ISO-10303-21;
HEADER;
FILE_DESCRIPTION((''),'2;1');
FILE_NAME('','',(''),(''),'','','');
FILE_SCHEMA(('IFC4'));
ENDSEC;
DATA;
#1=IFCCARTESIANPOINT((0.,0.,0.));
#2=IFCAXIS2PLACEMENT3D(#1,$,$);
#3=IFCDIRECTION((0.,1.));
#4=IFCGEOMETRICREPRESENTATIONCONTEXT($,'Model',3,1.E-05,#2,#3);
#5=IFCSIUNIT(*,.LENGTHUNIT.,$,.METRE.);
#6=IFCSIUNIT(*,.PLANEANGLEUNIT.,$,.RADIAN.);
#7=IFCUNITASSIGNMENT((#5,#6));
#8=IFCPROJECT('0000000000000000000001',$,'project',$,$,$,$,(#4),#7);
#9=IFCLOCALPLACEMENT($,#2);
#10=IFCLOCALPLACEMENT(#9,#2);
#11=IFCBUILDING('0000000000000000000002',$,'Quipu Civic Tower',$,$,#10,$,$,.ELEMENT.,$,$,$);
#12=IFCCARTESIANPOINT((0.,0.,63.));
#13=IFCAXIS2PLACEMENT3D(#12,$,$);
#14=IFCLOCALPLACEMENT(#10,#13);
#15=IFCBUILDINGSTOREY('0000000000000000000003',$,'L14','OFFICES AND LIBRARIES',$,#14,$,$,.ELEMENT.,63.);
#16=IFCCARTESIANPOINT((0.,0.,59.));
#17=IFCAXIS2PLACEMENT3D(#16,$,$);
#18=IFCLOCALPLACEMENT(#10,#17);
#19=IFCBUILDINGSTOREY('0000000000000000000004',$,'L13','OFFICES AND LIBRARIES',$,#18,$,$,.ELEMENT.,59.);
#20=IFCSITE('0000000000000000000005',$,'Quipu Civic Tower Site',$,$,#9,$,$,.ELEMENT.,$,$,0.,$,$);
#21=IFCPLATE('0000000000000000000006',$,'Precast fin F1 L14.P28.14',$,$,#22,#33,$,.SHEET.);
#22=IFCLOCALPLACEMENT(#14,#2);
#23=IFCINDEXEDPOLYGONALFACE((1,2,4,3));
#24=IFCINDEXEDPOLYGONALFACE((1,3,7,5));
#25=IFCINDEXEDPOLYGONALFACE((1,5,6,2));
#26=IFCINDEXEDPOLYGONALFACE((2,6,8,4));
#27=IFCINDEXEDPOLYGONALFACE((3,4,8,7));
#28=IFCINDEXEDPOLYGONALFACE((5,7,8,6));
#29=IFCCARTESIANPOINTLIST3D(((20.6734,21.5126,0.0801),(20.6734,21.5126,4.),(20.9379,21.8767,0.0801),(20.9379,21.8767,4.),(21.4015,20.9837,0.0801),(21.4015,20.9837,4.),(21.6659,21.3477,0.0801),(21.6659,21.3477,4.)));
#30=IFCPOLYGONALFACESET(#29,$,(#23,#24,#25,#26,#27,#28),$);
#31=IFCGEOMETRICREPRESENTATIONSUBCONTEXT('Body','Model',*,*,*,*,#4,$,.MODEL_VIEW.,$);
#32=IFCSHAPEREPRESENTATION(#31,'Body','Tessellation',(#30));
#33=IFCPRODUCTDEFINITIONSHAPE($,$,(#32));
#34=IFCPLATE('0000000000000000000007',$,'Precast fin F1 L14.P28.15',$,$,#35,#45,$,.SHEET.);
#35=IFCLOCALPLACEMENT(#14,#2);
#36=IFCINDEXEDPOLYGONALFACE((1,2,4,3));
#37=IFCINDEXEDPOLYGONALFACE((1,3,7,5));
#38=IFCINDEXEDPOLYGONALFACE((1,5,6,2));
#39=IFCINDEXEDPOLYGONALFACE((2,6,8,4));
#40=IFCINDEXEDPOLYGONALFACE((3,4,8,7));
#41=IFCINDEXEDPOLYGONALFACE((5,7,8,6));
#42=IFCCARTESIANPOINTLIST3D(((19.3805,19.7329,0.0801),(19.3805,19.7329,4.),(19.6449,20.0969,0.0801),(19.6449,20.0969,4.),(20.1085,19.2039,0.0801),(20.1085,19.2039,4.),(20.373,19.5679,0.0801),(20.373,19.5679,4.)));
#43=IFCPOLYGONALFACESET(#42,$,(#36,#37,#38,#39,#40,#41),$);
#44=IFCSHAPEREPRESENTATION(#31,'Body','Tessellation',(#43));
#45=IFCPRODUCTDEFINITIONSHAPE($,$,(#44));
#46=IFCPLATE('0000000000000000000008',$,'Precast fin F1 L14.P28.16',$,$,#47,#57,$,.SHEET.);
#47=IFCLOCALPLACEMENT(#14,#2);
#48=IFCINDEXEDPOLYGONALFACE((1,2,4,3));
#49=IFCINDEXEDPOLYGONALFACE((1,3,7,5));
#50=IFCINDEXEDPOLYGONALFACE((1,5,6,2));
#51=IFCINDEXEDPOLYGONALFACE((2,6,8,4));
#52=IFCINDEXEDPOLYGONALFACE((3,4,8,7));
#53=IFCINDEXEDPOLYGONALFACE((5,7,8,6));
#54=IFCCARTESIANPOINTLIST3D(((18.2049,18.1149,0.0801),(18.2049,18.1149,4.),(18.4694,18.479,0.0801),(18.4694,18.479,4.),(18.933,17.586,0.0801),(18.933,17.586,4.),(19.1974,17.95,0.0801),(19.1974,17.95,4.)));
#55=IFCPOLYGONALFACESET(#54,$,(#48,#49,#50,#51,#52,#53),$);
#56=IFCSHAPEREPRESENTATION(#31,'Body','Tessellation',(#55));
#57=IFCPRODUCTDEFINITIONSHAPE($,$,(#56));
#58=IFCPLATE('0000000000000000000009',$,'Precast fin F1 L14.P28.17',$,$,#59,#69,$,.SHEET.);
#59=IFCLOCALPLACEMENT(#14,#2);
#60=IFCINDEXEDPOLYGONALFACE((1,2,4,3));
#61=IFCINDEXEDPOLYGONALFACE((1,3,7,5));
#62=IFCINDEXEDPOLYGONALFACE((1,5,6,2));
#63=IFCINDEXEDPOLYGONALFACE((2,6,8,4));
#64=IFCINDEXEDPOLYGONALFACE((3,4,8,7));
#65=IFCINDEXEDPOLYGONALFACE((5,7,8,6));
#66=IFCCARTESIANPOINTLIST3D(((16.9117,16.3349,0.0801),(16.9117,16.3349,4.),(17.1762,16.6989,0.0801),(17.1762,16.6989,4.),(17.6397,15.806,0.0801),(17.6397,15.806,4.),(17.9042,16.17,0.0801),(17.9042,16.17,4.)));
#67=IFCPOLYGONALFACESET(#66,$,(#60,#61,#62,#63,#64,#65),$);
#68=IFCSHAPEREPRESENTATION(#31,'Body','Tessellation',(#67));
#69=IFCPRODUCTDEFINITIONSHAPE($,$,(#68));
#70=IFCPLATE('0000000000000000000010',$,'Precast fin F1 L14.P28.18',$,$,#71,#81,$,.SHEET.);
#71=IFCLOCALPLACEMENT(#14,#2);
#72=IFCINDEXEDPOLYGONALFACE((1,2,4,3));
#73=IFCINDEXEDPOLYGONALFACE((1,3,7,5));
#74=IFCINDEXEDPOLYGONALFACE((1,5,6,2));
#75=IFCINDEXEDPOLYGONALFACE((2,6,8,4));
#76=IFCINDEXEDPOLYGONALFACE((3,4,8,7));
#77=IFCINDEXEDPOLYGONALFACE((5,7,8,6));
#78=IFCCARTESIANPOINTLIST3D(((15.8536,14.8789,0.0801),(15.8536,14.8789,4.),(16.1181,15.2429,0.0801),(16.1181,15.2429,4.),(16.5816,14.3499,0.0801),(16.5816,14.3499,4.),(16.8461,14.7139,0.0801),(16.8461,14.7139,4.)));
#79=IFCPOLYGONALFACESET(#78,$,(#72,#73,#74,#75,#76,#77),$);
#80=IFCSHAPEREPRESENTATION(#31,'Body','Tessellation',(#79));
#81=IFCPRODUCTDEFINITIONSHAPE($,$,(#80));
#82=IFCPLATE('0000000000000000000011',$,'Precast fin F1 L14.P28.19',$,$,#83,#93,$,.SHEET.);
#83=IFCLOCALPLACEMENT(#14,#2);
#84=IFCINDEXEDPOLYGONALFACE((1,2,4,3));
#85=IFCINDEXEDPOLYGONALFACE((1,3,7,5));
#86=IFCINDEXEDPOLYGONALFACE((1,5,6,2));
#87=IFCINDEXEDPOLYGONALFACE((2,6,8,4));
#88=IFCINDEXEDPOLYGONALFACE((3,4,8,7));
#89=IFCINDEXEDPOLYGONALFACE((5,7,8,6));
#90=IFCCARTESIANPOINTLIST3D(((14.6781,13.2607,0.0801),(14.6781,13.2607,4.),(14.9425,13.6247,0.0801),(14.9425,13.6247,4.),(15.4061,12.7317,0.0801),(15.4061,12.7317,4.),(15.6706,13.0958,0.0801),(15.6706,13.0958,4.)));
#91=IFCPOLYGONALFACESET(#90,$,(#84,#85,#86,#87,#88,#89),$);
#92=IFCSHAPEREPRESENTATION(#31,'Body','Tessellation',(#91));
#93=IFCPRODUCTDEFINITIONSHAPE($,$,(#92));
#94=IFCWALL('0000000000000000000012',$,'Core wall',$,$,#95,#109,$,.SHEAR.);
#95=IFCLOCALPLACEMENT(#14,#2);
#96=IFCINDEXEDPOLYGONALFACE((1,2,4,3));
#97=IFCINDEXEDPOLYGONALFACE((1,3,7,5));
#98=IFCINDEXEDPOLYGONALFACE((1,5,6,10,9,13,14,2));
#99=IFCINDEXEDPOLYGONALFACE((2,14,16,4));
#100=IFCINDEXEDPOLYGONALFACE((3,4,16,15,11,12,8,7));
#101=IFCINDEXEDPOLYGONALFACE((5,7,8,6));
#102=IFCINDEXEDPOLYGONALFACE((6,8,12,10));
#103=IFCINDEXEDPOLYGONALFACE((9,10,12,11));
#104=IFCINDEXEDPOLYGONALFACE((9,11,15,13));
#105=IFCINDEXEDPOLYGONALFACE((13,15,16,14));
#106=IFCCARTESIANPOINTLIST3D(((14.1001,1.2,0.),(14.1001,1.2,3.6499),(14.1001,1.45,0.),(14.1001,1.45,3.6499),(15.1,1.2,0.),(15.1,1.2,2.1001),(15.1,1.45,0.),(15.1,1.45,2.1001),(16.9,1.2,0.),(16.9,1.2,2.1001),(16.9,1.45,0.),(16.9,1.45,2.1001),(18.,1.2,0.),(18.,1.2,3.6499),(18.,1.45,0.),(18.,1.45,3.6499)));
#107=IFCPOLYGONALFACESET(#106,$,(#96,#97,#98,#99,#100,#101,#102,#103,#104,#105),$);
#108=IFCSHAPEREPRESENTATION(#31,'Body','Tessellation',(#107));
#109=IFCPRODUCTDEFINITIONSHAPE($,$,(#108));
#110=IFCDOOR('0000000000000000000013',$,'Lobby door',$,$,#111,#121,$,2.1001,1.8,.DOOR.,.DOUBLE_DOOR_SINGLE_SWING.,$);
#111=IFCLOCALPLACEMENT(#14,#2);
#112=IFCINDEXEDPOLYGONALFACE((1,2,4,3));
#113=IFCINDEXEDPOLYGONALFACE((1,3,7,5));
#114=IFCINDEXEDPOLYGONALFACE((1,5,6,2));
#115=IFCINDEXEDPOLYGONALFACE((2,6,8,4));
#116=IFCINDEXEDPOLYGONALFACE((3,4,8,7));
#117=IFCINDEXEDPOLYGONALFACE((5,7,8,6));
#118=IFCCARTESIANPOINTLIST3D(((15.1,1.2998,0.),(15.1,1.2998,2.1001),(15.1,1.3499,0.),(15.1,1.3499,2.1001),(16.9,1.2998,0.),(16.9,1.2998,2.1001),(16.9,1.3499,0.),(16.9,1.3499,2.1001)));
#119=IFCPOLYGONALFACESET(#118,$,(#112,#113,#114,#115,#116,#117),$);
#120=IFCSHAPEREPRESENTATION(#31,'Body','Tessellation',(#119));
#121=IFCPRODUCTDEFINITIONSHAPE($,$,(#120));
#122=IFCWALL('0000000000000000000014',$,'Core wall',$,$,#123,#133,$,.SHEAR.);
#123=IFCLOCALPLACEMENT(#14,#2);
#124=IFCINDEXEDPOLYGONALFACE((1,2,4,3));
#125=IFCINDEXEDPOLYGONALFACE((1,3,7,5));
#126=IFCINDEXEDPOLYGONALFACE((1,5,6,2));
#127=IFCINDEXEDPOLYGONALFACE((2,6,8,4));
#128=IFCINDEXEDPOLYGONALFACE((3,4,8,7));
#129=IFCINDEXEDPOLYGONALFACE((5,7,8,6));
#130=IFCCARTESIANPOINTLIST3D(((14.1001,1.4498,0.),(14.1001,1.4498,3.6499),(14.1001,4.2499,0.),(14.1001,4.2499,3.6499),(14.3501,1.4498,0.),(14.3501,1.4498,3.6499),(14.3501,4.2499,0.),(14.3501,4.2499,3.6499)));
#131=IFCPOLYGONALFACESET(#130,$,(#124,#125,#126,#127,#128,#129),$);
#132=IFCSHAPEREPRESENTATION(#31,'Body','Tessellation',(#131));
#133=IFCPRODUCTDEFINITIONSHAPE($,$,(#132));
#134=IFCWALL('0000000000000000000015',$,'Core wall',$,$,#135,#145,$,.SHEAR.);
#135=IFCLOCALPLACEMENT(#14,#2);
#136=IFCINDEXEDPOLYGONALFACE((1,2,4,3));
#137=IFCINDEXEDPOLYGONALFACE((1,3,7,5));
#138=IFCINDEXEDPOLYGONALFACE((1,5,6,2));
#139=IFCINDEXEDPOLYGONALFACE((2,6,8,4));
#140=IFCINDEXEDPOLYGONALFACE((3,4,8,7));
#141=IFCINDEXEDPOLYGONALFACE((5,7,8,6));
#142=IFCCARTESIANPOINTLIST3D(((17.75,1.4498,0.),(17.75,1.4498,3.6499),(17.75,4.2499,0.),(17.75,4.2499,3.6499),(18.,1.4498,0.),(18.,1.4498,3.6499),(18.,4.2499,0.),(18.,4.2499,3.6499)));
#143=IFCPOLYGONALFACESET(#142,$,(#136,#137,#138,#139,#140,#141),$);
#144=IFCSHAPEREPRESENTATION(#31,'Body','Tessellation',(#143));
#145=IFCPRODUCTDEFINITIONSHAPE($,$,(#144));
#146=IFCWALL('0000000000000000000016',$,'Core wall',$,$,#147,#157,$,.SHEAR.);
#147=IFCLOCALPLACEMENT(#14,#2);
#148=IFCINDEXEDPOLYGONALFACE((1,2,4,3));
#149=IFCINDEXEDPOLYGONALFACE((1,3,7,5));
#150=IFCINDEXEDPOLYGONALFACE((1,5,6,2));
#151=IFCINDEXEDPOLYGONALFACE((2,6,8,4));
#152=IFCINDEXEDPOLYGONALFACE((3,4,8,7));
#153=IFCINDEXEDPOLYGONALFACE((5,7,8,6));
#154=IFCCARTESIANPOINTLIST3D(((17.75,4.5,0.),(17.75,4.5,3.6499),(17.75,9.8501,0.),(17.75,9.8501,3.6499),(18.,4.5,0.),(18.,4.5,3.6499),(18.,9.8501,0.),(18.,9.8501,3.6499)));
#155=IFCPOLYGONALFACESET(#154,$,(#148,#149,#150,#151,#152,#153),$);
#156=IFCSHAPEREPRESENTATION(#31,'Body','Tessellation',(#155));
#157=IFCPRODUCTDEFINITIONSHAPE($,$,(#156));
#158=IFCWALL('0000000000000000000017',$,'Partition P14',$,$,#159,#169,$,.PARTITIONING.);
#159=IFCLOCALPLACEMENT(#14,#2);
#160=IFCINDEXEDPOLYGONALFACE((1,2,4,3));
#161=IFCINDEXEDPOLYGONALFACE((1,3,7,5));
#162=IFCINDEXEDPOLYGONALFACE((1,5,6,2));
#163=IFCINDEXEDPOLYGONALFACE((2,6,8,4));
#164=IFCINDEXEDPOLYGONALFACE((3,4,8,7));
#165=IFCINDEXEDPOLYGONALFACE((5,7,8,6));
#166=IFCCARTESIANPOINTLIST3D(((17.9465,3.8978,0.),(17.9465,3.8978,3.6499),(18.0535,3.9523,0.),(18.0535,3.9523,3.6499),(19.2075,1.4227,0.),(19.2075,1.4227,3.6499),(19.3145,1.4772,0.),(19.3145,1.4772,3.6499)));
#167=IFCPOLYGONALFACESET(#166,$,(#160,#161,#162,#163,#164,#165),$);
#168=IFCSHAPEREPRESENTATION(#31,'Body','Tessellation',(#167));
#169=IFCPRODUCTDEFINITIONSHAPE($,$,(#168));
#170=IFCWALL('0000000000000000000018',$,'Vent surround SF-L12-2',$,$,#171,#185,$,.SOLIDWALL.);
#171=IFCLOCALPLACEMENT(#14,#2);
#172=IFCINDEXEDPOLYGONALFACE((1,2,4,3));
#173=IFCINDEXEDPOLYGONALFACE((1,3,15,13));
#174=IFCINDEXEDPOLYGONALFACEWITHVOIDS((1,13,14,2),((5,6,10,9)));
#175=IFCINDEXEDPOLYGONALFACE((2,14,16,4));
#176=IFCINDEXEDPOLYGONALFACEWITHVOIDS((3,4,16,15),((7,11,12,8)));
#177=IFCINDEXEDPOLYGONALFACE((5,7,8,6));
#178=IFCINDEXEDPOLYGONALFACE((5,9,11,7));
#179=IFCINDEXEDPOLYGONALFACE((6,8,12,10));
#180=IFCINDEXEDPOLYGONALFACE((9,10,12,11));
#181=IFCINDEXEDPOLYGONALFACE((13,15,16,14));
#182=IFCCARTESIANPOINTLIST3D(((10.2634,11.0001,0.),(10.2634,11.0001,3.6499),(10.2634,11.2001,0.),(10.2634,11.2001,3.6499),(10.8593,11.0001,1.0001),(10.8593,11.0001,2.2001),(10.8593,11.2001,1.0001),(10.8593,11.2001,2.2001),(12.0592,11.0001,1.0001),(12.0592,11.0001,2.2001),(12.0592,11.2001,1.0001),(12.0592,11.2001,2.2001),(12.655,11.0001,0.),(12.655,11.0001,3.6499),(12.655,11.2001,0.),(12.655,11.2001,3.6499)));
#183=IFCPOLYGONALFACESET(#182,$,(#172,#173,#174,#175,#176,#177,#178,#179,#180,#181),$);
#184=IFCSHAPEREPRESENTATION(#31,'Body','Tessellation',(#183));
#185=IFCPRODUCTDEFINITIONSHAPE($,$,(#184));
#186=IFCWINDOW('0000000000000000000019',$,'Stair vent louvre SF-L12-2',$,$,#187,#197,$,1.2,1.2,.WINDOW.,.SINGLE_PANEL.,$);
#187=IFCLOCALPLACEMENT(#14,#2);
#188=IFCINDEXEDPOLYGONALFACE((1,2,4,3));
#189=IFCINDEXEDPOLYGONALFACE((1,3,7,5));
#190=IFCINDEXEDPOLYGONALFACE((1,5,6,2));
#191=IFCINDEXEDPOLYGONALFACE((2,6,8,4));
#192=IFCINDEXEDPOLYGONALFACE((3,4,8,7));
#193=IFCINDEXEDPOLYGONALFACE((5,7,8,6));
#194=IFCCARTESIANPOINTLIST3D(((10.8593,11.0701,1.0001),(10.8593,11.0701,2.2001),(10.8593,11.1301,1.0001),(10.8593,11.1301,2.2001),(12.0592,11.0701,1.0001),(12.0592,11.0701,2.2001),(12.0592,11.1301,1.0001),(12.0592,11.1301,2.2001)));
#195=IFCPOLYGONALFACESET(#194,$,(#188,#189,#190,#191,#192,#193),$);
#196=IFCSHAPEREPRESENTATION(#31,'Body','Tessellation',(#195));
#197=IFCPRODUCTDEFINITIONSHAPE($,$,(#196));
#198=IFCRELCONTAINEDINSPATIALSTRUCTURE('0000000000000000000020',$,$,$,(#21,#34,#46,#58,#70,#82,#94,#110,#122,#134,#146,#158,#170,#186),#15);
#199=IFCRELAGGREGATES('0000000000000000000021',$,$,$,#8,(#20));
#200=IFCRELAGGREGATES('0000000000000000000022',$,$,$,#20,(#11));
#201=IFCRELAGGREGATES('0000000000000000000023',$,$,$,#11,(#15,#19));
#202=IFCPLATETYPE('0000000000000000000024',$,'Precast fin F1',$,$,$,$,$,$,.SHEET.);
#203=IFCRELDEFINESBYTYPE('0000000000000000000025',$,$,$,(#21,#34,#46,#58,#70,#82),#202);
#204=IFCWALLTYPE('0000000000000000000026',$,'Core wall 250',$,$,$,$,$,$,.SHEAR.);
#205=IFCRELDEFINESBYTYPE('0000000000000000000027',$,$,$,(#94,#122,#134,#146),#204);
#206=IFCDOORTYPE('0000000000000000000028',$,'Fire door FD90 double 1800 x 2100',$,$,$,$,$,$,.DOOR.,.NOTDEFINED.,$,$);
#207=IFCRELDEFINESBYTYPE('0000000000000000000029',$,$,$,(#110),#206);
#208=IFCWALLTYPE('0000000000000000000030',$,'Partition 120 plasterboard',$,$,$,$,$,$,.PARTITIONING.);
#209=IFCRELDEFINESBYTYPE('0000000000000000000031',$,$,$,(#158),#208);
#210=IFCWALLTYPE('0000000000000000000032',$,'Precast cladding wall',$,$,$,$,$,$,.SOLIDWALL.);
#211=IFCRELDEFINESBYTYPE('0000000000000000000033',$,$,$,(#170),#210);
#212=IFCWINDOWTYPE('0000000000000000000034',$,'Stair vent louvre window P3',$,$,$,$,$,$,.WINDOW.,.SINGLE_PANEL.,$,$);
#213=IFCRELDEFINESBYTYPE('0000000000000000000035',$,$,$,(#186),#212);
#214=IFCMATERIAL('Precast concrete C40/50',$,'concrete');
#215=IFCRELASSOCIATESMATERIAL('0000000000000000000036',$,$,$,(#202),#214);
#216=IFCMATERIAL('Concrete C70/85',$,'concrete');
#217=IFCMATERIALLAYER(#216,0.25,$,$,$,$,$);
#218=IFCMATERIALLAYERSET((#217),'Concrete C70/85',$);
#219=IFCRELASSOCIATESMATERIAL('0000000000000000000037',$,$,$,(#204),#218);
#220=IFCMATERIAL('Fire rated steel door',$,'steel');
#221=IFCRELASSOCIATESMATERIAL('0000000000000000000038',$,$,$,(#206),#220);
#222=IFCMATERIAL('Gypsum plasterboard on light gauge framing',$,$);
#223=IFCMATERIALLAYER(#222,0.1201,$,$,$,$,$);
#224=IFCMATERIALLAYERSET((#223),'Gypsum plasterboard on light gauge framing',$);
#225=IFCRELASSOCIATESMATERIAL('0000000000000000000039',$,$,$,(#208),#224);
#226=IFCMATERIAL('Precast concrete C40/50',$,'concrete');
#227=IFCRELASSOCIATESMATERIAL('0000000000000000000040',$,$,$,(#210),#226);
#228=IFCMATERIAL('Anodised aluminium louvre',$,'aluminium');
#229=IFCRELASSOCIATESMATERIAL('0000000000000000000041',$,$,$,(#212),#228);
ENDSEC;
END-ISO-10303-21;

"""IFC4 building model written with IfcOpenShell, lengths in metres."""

from ifc_helpers import new_model, si_unit, direction, frame, frame_2d, origin, origin_2d, place, context, subcontext, project, spatial, rectangle, extrude, material, layer, layer_set, type_object, element, fill, save


model = new_model("IFC4")

# Units and contexts
model_context = context("Model", 3, precision=1e-05, world=origin(), true_north=direction((0.0, 1.0)))
body_context = subcontext(model_context, "Body", "Model", "MODEL_VIEW")
ifc_project = project(units=[si_unit("LENGTHUNIT", "METRE"), si_unit("PLANEANGLEUNIT", "RADIAN")], contexts=[model_context])

# Site, building, storey
site_placement = place(None, origin())
site = spatial("IfcSite", under=ifc_project, at=site_placement, Name="Quipu Civic Tower Site", CompositionType="ELEMENT", RefElevation=0.0)
building_placement = place(site_placement, origin())
building = spatial("IfcBuilding", under=site, at=building_placement, Name="Quipu Civic Tower", CompositionType="ELEMENT")
storey_1_placement = place(building_placement, frame((0.0, 0.0, 63.0)))
storey_1 = spatial("IfcBuildingStorey", under=building, at=storey_1_placement, Name="L14", Description="OFFICES AND LIBRARIES", CompositionType="ELEMENT", Elevation=63.0)

# Shared definitions
storey_2_placement = place(building_placement, frame((0.0, 0.0, 59.0)))
storey_2 = spatial("IfcBuildingStorey", under=building, at=storey_2_placement, Name="L13", Description="OFFICES AND LIBRARIES", CompositionType="ELEMENT", Elevation=59.0)

# Plates
ifc_material_1 = material(Name="Precast concrete C40/50", Category="concrete")
plate_type_1 = type_object("IfcPlateType", Name="Precast fin F1", PredefinedType="SHEET", material=ifc_material_1)
for number, where, z_axis, x_axis, name in (
    (1, (21.1697, 21.4302, 0.0801), (0.0, 0.0, 1.0), (-0.587785, -0.809017, 0.0), "Precast fin F1 L14.P28.14"),
    (2, (19.8767, 19.6504, 0.0801), (0.0, 0.0, 1.0), (-0.587785, -0.809017, 0.0), "Precast fin F1 L14.P28.15"),
    (3, (18.7012, 18.0325, 0.0801), (0.0, 0.0, 1.0), (-0.587785, -0.809017, 0.0), "Precast fin F1 L14.P28.16"),
    (4, (17.408, 16.2524, 0.0801), (0.0, 0.0, 1.0), (-0.587785, -0.809017, 0.0), "Precast fin F1 L14.P28.17"),
    (5, (16.3499, 14.7964, 0.0801), (0.0, 0.0, 1.0), (-0.587785, -0.809017, 0.0), "Precast fin F1 L14.P28.18"),
    (6, (15.1743, 13.1782, 0.0801), (0.0, 0.0, 1.0), (-0.587785, -0.809017, 0.0), "Precast fin F1 L14.P28.19"),
):
    element("IfcPlate", number, at=place(storey_1_placement, frame(where, z_axis=z_axis, x_axis=x_axis)), inside=storey_1, type_object=plate_type_1, Name=name, PredefinedType="SHEET", context=body_context, shape_type="SweptSolid", body=[
        extrude(rectangle(XDim=0.45, YDim=0.8999, at=origin_2d()), origin(), (0.0, 0.0, 1.0), 3.9199),
    ])

# Wall, opening, door
ifc_material_2 = material(Name="Concrete C70/85", Category="concrete")
ifc_layer_1 = layer(ifc_material_2, 0.25)
ifc_layer_set_1 = layer_set([ifc_layer_1], Name="Concrete C70/85")
wall_type_1 = type_object("IfcWallType", Name="Core wall 250", PredefinedType="SHEAR", material=ifc_layer_set_1)
wall_1_placement = place(storey_1_placement, frame((14.1001, 1.325, 0.0), z_axis=(0.0, 0.0, 1.0), x_axis=(1.0, 0.0, 0.0)))
wall_1 = element("IfcWall", 7, at=wall_1_placement, inside=storey_1, type_object=wall_type_1, Name="Core wall", PredefinedType="SHEAR", context=body_context, shape_type="SweptSolid", body=[
    extrude(rectangle(XDim=3.8999, YDim=0.25, at=frame_2d((1.95, 0.0))), origin(), (0.0, 0.0, 1.0), 3.6499),
])
opening_1_placement = place(wall_1_placement, frame((1.0, 0.0, 0.0)))
opening_1 = element("IfcOpeningElement", 8, at=opening_1_placement, cuts=wall_1, PredefinedType="OPENING", context=body_context, shape_type="SweptSolid", body=[
    extrude(rectangle(XDim=1.8, YDim=2.1001, at=frame_2d((0.8999, 1.05))), frame((0.0, 0.135, 0.0), z_axis=(0.0, -1.0, 0.0), x_axis=(1.0, 0.0, 0.0)), (0.0, 0.0, 1.0), 0.27),
])
ifc_material_3 = material(Name="Fire rated steel door", Category="steel")
door_type = type_object("IfcDoorType", Name="Fire door FD90 double 1800 x 2100", OperationType="NOTDEFINED", PredefinedType="DOOR", material=ifc_material_3)
door_placement = place(opening_1_placement, origin())
door = element("IfcDoor", 9, at=door_placement, inside=storey_1, type_object=door_type, Name="Lobby door", OperationType="DOUBLE_DOOR_SINGLE_SWING", OverallHeight=2.1001, OverallWidth=1.8, PredefinedType="DOOR", context=body_context, shape_type="SweptSolid", body=[
    extrude(rectangle(XDim=1.8, YDim=2.1001, at=frame_2d((0.8999, 1.05))), frame((0.0, 0.0249, 0.0), z_axis=(0.0, -1.0, 0.0), x_axis=(1.0, 0.0, 0.0)), (0.0, 0.0, 1.0), 0.05),
])
fill(opening_1, door)

# Walls
for number, where, z_axis, x_axis, name in (
    (10, (14.2251, 1.45, 0.0), (0.0, 0.0, 1.0), (0.0, 1.0, 0.0), "Core wall"),
    (11, (17.875, 1.45, 0.0), (0.0, 0.0, 1.0), (0.0, 1.0, 0.0), "Core wall"),
):
    element("IfcWall", number, at=place(storey_1_placement, frame(where, z_axis=z_axis, x_axis=x_axis)), inside=storey_1, type_object=wall_type_1, Name=name, PredefinedType="SHEAR", context=body_context, shape_type="SweptSolid", body=[
        extrude(rectangle(XDim=2.8, YDim=0.25, at=frame_2d((1.3999, 0.0))), origin(), (0.0, 0.0, 1.0), 3.6499),
    ])
wall_2_placement = place(storey_1_placement, frame((17.875, 4.5, 0.0), z_axis=(0.0, 0.0, 1.0), x_axis=(0.0, 1.0, 0.0)))
element("IfcWall", 12, at=wall_2_placement, inside=storey_1, type_object=wall_type_1, Name="Core wall", PredefinedType="SHEAR", context=body_context, shape_type="SweptSolid", body=[
    extrude(rectangle(XDim=5.3501, YDim=0.25, at=frame_2d((2.675, 0.0))), origin(), (0.0, 0.0, 1.0), 3.6499),
])
ifc_material_4 = material(Name="Gypsum plasterboard on light gauge framing")
ifc_layer_2 = layer(ifc_material_4, 0.1201)
ifc_layer_set_2 = layer_set([ifc_layer_2], Name="Gypsum plasterboard on light gauge framing")
wall_type_2 = type_object("IfcWallType", Name="Partition 120 plasterboard", PredefinedType="PARTITIONING", material=ifc_layer_set_2)
wall_3_placement = place(storey_1_placement, frame((18.0, 3.925, 0.0), z_axis=(0.0, 0.0, 1.0), x_axis=(0.453951, -0.891027, 0.0)))
element("IfcWall", 13, at=wall_3_placement, inside=storey_1, type_object=wall_type_2, Name="Partition P14", PredefinedType="PARTITIONING", context=body_context, shape_type="SweptSolid", body=[
    extrude(rectangle(XDim=2.7778, YDim=0.1201, at=frame_2d((1.3889, 0.0))), origin(), (0.0, 0.0, 1.0), 3.6499),
])

# Wall, opening, window
ifc_material_5 = material(Name="Precast concrete C40/50", Category="concrete")
wall_type_3 = type_object("IfcWallType", Name="Precast cladding wall", PredefinedType="SOLIDWALL", material=ifc_material_5)
wall_4_placement = place(storey_1_placement, frame((12.655, 11.1001, 0.0), z_axis=(0.0, 0.0, 1.0), x_axis=(-1.0, 0.0, 0.0)))
wall_4 = element("IfcWall", 14, at=wall_4_placement, inside=storey_1, type_object=wall_type_3, Name="Vent surround SF-L12-2", PredefinedType="SOLIDWALL", context=body_context, shape_type="SweptSolid", body=[
    extrude(rectangle(XDim=2.3916, YDim=0.2, at=frame_2d((1.1958, 0.0))), origin(), (0.0, 0.0, 1.0), 3.6499),
])
opening_2_placement = place(wall_4_placement, frame((0.5957, 0.0, 1.0)))
opening_2 = element("IfcOpeningElement", 15, at=opening_2_placement, cuts=wall_4, PredefinedType="OPENING", context=body_context, shape_type="SweptSolid", body=[
    extrude(rectangle(XDim=1.2, YDim=1.2, at=frame_2d((0.6001, 0.6001))), frame((0.0, 0.1099, 0.0), z_axis=(0.0, -1.0, 0.0), x_axis=(1.0, 0.0, 0.0)), (0.0, 0.0, 1.0), 0.22),
])
ifc_material_6 = material(Name="Anodised aluminium louvre", Category="aluminium")
window_type = type_object("IfcWindowType", Name="Stair vent louvre window P3", PartitioningType="SINGLE_PANEL", PredefinedType="WINDOW", material=ifc_material_6)
window_placement = place(opening_2_placement, origin())
window = element("IfcWindow", 16, at=window_placement, inside=storey_1, type_object=window_type, Name="Stair vent louvre SF-L12-2", OverallHeight=1.2, OverallWidth=1.2, PartitioningType="SINGLE_PANEL", PredefinedType="WINDOW", context=body_context, shape_type="SweptSolid", body=[
    extrude(rectangle(XDim=1.2, YDim=1.2, at=frame_2d((0.6001, 0.6001))), frame((0.0, 0.03, 0.0), z_axis=(0.0, -1.0, 0.0), x_axis=(1.0, 0.0, 0.0)), (0.0, 0.0, 1.0), 0.0601),
])
fill(opening_2, window)

save(model, "model.ifc")
